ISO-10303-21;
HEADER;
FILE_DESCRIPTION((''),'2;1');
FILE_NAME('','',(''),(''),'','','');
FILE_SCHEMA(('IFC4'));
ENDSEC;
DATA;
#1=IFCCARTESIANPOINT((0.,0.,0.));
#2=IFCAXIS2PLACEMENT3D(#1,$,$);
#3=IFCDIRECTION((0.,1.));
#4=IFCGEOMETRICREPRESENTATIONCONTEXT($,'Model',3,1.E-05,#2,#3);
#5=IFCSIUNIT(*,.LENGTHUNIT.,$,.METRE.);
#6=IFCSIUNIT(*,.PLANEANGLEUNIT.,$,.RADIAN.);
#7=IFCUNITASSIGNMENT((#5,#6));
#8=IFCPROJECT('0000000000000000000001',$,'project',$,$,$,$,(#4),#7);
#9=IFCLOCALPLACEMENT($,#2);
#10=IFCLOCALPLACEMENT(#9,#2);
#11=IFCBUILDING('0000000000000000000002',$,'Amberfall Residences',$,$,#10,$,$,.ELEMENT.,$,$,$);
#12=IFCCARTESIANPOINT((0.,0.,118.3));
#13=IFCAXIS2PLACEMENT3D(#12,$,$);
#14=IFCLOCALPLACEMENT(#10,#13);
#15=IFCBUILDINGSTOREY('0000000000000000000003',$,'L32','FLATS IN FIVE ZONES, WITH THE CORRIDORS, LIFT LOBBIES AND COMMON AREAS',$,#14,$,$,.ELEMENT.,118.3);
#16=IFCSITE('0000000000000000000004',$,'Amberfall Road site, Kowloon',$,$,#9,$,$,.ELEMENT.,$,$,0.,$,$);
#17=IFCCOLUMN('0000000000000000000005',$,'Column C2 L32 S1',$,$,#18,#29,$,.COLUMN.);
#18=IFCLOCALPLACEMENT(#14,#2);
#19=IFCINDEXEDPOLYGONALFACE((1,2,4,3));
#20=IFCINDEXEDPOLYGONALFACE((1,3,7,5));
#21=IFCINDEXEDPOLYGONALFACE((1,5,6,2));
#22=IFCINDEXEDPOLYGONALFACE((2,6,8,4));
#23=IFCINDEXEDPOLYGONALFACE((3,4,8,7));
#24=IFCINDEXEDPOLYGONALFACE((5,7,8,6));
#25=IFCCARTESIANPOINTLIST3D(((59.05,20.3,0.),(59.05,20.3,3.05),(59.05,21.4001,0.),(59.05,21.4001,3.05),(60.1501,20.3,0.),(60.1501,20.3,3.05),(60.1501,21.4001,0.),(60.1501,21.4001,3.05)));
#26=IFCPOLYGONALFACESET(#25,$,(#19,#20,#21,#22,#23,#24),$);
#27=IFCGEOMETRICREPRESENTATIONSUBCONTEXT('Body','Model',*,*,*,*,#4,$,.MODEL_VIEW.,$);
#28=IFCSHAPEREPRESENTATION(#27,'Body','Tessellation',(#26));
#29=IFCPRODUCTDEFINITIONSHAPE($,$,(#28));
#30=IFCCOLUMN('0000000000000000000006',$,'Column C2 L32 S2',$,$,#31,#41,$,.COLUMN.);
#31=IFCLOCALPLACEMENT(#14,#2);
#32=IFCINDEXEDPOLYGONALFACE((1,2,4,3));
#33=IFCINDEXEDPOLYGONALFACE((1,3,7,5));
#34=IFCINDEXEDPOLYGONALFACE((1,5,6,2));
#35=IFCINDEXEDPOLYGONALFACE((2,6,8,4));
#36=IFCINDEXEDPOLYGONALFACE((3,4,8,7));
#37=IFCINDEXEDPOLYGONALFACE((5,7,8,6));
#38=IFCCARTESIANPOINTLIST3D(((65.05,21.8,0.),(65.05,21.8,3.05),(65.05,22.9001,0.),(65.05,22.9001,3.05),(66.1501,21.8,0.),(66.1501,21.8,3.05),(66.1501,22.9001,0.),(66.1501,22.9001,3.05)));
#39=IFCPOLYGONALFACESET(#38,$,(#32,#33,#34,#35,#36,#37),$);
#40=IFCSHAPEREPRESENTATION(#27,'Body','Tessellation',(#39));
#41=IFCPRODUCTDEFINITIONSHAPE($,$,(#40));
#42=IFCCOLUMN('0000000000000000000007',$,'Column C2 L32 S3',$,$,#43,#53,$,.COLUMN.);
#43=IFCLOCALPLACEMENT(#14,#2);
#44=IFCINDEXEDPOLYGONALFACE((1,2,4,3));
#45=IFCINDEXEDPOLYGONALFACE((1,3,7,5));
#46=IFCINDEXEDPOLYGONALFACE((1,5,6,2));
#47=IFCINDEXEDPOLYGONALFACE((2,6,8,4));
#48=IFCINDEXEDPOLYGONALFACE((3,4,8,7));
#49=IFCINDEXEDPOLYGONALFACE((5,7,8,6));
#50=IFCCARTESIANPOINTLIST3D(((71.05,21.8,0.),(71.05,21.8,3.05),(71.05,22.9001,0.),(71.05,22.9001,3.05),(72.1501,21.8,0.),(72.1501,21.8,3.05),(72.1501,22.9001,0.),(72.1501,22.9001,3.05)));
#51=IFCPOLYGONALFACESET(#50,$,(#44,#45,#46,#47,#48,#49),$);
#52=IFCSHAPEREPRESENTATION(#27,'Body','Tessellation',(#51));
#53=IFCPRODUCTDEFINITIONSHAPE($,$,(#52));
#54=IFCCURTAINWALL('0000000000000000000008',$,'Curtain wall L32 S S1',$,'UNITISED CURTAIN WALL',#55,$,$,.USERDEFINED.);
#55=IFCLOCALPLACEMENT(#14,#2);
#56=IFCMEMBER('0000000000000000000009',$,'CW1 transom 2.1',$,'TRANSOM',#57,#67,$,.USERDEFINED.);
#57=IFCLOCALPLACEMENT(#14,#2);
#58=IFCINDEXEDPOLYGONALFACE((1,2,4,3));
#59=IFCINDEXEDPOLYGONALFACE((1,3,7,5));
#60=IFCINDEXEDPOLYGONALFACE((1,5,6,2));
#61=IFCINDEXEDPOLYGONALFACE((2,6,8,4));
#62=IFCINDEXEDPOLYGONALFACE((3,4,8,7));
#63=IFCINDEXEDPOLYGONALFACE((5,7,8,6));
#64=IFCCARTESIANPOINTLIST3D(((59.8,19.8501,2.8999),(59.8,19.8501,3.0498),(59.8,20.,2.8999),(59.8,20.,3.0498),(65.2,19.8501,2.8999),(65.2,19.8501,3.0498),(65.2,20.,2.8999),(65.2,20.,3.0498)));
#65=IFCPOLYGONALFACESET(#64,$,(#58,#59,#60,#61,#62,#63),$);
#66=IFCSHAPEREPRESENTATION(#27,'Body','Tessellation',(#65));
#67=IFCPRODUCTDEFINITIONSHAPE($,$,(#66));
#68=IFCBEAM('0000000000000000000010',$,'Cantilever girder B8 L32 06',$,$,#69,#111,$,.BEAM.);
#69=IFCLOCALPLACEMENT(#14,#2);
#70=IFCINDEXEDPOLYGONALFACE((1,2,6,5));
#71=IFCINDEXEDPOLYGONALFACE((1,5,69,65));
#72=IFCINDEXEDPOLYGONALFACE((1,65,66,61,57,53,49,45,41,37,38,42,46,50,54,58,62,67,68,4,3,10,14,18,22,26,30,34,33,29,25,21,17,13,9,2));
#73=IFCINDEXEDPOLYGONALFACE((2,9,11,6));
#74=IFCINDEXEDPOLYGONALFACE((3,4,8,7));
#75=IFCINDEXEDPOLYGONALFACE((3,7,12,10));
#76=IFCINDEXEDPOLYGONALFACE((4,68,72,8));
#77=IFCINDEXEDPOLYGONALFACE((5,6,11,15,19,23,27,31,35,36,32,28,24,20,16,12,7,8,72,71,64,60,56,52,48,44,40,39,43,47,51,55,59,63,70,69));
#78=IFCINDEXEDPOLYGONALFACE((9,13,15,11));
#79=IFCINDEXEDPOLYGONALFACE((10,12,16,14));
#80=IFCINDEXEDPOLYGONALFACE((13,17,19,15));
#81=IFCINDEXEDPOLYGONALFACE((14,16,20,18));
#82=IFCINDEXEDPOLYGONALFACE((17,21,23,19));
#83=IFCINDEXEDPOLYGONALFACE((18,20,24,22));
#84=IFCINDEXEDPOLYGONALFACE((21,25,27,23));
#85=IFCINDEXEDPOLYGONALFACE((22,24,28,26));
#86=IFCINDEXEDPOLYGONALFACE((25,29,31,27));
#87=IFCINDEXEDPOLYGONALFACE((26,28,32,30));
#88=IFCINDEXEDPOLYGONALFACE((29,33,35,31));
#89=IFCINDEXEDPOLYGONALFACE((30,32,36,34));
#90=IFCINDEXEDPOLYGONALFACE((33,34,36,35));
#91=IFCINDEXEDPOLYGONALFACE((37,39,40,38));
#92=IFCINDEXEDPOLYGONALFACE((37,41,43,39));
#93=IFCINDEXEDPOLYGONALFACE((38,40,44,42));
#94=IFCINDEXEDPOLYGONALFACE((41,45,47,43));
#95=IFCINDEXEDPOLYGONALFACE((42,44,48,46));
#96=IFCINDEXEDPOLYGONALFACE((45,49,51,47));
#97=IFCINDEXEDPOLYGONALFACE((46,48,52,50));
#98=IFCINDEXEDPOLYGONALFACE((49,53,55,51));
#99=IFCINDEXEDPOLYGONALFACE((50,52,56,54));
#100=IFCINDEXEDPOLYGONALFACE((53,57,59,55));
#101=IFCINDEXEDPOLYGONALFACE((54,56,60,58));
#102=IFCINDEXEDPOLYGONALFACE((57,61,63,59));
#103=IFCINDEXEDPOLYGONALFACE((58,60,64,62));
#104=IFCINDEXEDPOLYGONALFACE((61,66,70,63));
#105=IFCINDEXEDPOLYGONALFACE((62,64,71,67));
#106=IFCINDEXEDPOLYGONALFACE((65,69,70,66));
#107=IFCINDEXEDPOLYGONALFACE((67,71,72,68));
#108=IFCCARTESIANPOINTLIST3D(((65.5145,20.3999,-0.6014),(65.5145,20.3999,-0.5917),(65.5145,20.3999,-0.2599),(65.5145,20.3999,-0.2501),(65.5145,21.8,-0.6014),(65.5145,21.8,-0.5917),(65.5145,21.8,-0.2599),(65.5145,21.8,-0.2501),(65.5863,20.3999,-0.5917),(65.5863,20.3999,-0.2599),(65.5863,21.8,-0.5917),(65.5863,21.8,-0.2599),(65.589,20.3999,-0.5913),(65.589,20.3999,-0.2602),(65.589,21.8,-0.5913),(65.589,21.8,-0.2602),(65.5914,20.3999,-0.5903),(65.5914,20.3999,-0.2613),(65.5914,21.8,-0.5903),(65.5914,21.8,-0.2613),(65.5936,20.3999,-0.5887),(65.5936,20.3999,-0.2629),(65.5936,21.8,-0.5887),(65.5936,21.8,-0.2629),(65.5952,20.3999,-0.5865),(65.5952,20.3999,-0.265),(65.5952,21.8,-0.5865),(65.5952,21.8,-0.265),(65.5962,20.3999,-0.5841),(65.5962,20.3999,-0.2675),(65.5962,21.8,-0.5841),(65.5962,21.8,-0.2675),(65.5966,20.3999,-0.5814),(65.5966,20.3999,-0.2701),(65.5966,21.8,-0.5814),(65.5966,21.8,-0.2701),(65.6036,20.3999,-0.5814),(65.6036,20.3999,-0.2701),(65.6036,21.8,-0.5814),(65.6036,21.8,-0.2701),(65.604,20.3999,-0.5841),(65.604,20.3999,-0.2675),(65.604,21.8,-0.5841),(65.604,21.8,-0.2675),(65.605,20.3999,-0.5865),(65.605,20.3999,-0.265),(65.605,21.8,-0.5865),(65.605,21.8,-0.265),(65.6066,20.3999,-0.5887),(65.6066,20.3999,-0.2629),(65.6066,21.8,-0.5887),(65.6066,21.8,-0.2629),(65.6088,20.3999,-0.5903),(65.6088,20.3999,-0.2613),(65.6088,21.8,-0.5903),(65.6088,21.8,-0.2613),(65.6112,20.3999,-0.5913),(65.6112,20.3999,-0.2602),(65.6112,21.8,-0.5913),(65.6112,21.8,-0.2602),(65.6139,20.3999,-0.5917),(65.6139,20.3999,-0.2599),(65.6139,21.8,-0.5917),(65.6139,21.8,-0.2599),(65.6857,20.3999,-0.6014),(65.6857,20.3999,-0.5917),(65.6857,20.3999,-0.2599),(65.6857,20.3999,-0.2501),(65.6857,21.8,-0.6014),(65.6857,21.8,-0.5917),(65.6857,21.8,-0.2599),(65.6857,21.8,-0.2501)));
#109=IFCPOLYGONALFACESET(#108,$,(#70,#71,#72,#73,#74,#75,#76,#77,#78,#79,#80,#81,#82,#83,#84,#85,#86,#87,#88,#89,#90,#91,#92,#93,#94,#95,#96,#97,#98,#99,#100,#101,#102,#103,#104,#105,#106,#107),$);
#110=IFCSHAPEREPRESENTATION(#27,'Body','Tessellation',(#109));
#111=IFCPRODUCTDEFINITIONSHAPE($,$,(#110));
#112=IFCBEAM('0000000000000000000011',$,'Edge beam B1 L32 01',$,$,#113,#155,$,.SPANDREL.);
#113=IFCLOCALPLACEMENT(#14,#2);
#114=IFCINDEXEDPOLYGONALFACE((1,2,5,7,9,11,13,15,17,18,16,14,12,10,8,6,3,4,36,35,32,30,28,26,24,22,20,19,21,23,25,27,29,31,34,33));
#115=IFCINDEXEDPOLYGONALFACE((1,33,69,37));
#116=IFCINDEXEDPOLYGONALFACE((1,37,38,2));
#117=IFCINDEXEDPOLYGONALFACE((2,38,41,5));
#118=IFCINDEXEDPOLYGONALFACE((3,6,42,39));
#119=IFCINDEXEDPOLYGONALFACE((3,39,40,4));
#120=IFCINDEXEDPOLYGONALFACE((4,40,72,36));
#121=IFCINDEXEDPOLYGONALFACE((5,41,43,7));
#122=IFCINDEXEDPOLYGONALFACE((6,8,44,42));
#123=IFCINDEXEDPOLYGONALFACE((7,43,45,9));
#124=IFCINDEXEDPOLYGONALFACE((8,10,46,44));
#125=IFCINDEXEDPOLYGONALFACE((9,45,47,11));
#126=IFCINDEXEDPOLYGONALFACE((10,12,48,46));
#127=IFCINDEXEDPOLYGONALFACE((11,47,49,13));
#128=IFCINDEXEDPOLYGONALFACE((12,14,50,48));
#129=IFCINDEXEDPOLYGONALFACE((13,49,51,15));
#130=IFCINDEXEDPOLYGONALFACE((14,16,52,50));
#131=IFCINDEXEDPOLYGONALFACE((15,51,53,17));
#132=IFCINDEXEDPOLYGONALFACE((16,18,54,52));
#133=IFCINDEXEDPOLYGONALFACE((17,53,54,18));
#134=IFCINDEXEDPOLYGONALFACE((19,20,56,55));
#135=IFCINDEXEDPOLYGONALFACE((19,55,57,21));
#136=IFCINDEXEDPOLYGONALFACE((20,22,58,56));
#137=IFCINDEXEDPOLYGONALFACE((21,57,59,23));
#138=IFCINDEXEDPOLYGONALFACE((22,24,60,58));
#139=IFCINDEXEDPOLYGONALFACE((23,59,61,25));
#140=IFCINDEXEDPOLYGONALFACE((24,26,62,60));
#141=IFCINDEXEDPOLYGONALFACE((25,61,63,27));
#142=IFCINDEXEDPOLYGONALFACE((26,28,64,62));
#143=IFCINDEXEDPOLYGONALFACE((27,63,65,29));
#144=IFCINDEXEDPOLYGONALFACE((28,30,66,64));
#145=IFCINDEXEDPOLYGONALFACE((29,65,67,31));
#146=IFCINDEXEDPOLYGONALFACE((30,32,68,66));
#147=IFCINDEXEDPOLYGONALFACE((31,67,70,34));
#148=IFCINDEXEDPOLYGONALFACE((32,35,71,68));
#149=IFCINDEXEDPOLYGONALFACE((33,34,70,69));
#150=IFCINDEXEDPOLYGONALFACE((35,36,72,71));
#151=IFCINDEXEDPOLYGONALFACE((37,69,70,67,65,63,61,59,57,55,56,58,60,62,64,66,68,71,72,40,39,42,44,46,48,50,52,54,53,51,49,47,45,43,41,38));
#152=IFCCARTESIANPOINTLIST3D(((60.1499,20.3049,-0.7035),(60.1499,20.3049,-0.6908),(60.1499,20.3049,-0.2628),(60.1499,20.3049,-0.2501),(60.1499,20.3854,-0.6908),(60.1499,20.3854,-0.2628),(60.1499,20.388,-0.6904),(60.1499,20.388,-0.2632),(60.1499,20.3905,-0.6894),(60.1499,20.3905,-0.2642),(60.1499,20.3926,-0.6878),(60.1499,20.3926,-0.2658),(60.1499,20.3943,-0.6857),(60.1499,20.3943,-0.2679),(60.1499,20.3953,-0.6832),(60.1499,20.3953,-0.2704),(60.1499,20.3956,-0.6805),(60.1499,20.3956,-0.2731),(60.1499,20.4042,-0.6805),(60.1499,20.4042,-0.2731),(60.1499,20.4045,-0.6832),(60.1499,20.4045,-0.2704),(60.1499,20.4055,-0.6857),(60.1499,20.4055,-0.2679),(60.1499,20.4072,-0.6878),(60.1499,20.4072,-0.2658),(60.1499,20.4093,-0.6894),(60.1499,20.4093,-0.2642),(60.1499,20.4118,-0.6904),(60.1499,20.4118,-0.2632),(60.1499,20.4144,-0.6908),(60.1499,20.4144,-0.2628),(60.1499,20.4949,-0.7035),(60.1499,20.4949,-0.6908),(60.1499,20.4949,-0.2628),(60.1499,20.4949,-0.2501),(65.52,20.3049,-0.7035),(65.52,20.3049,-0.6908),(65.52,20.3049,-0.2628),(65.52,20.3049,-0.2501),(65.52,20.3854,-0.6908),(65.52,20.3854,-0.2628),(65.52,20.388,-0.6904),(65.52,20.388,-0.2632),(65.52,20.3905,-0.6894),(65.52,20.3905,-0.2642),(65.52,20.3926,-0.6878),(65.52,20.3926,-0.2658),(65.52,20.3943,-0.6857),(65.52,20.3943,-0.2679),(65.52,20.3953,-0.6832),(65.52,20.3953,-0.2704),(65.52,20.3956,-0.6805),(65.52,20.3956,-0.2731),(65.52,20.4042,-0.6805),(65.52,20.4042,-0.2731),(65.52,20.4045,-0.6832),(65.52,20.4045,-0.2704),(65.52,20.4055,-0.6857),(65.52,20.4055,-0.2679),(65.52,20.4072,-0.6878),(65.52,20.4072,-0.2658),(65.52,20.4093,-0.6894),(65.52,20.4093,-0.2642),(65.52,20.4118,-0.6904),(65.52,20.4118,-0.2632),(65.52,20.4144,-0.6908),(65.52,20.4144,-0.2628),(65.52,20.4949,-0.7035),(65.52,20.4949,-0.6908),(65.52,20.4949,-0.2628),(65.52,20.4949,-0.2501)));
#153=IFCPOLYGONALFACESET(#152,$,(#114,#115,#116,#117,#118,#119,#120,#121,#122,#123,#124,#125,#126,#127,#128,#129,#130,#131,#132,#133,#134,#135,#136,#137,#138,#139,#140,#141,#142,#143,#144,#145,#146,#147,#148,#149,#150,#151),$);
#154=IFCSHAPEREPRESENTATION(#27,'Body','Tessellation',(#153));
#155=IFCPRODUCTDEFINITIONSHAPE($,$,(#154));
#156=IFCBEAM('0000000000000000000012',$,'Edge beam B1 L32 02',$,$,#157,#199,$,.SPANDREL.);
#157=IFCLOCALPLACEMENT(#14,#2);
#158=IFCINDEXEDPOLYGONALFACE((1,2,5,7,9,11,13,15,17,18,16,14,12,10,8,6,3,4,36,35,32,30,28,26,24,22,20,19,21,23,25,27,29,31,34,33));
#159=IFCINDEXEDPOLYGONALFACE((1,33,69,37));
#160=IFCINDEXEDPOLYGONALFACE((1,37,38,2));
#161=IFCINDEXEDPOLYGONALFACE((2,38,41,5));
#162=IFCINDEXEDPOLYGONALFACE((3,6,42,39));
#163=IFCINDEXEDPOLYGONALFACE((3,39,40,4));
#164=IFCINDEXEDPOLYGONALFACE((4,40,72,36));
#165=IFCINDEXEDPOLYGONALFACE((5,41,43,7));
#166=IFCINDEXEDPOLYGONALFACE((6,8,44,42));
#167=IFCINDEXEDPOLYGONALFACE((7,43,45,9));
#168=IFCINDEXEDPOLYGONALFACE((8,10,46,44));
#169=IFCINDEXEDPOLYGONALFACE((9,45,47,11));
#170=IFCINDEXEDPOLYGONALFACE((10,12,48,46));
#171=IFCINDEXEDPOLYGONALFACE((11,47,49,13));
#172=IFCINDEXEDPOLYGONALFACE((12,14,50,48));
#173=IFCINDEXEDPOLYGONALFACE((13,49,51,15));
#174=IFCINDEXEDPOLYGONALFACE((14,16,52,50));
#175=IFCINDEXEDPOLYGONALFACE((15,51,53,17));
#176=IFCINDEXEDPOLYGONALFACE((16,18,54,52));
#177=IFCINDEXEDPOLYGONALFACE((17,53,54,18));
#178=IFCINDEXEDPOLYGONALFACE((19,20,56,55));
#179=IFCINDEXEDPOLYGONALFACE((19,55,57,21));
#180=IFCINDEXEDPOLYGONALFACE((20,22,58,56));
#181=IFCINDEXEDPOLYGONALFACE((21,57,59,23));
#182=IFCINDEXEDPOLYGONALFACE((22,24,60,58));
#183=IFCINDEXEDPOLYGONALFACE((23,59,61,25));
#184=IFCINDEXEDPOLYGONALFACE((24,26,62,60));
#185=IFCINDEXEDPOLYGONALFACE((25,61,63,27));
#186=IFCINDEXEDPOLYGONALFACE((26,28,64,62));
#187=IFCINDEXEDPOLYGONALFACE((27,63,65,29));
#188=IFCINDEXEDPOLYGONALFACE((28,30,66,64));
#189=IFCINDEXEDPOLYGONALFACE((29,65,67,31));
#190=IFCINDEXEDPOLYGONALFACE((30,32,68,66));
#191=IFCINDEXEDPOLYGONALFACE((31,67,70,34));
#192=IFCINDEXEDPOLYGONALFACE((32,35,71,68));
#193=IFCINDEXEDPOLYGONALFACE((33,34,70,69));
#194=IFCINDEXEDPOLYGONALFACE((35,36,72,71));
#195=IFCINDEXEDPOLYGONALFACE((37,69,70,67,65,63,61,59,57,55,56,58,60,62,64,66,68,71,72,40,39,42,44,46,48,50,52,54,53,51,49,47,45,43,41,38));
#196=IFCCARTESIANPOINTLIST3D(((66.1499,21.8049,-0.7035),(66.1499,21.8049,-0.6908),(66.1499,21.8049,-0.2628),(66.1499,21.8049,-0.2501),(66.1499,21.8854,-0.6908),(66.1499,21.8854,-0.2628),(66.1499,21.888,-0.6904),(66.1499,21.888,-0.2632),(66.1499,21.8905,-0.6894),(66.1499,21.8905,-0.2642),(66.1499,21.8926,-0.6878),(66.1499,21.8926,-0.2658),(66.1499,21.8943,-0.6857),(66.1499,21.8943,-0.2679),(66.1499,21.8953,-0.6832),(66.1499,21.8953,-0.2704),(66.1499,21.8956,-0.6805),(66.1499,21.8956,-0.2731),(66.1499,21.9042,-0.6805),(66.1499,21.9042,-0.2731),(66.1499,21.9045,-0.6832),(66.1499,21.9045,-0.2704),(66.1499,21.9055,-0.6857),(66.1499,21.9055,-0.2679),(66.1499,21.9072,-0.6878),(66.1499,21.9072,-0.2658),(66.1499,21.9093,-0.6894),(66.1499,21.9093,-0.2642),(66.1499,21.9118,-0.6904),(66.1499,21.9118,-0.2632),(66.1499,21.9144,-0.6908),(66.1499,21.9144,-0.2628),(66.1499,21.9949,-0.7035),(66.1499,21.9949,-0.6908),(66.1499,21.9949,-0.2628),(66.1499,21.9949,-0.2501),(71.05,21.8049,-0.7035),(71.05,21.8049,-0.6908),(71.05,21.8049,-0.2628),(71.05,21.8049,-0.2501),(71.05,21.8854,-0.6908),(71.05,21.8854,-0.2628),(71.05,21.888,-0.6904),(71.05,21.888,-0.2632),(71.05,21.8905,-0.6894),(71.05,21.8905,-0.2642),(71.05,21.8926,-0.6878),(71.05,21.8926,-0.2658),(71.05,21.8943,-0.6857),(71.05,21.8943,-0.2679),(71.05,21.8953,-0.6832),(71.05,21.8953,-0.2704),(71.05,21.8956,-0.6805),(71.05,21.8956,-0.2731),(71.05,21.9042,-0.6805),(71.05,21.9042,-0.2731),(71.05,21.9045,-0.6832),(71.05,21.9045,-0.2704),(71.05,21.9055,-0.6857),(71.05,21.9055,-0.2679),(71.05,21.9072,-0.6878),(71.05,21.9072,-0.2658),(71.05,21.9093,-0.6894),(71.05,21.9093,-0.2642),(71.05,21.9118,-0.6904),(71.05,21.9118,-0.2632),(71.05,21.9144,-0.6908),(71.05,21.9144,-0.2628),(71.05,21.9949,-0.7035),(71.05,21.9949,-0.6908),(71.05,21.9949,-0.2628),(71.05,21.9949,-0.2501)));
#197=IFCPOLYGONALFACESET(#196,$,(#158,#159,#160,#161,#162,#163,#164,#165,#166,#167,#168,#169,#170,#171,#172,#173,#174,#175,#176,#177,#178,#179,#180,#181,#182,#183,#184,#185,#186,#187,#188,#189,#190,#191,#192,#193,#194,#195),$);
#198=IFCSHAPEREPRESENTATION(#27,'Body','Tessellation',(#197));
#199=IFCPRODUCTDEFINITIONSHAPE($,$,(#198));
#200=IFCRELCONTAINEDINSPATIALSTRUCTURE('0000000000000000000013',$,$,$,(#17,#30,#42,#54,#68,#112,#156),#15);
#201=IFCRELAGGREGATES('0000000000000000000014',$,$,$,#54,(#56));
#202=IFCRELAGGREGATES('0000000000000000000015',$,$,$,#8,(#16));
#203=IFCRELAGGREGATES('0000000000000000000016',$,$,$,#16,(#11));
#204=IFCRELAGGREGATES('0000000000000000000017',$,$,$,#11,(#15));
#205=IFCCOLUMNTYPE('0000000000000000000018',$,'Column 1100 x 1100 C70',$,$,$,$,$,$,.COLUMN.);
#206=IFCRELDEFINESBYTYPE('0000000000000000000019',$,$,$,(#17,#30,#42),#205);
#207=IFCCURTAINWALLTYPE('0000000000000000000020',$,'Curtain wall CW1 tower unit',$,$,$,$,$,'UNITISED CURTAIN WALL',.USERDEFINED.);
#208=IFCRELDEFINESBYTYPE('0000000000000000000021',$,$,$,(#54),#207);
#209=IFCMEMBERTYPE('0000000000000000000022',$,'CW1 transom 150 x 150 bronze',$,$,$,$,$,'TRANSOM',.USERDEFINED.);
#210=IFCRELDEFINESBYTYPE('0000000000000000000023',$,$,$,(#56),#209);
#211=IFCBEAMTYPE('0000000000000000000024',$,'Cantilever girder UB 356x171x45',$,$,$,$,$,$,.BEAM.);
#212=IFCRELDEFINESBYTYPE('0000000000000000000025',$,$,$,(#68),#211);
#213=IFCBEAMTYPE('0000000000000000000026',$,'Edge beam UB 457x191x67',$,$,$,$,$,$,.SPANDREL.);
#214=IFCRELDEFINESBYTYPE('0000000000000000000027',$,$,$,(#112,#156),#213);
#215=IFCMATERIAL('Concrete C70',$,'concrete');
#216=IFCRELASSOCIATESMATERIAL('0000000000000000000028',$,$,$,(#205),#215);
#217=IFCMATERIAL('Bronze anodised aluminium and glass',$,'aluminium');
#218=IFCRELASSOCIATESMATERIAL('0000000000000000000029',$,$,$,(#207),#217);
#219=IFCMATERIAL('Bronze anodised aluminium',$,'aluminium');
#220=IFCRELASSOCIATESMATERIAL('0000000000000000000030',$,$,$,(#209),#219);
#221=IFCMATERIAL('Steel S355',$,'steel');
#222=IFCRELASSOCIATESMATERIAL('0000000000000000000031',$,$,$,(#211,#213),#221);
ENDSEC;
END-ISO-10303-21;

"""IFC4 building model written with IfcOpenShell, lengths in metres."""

from ifc_helpers import new_model, si_unit, direction, frame, origin, origin_2d, place, context, subcontext, project, spatial, rectangle, i_section, extrude, material, material_profile, profile_set, type_object, element, aggregate, save


model = new_model("IFC4")

# Units and contexts
model_context = context("Model", 3, precision=1e-05, world=origin(), true_north=direction((0.0, 1.0)))
body_context = subcontext(model_context, "Body", "Model", "MODEL_VIEW")
ifc_project = project(units=[si_unit("LENGTHUNIT", "METRE"), si_unit("PLANEANGLEUNIT", "RADIAN")], contexts=[model_context])

# Site, building, storey
site_placement = place(None, origin())
site = spatial("IfcSite", under=ifc_project, at=site_placement, Name="Amberfall Road site, Kowloon", CompositionType="ELEMENT", RefElevation=0.0)
building_placement = place(site_placement, origin())
building = spatial("IfcBuilding", under=site, at=building_placement, Name="Amberfall Residences", CompositionType="ELEMENT")
storey_placement = place(building_placement, frame((0.0, 0.0, 118.3)))
storey = spatial("IfcBuildingStorey", under=building, at=storey_placement, Name="L32", Description="FLATS IN FIVE ZONES, WITH THE CORRIDORS, LIFT LOBBIES AND COMMON AREAS", CompositionType="ELEMENT", Elevation=118.3)

# Columns
ifc_material_1 = material(Name="Concrete C70", Category="concrete")
ifc_material_profile_1 = material_profile(ifc_material_1, rectangle(XDim=1.1001, YDim=1.1001, at=origin_2d()), Name="Column 1100 x 1100 C70")
ifc_profile_set_1 = profile_set([ifc_material_profile_1], Name="Concrete C70")
column_type = type_object("IfcColumnType", Name="Column 1100 x 1100 C70", PredefinedType="COLUMN", material=ifc_profile_set_1)
for number, where, z_axis, x_axis, name in (
    (1, (59.6001, 20.8501, 0.0), (0.0, 0.0, 1.0), (1.0, 0.0, 0.0), "Column C2 L32 S1"),
    (2, (65.6001, 22.3501, 0.0), (0.0, 0.0, 1.0), (1.0, 0.0, 0.0), "Column C2 L32 S2"),
    (3, (71.6001, 22.3501, 0.0), (0.0, 0.0, 1.0), (1.0, 0.0, 0.0), "Column C2 L32 S3"),
):
    element("IfcColumn", number, at=place(storey_placement, frame(where, z_axis=z_axis, x_axis=x_axis)), inside=storey, type_object=column_type, Name=name, PredefinedType="COLUMN", context=body_context, shape_type="SweptSolid", body=[
        extrude(rectangle(XDim=1.1001, YDim=1.1001, at=origin_2d()), origin(), (0.0, 0.0, 1.0), 3.05),
    ])

# Curtain wall, member
ifc_material_2 = material(Name="Bronze anodised aluminium and glass", Category="aluminium")
curtain_wall_type = type_object("IfcCurtainWallType", Name="Curtain wall CW1 tower unit", ElementType="UNITISED CURTAIN WALL", PredefinedType="USERDEFINED", material=ifc_material_2)
curtain_wall_placement = place(storey_placement, origin())
curtain_wall = element("IfcCurtainWall", 4, at=curtain_wall_placement, inside=storey, type_object=curtain_wall_type, Name="Curtain wall L32 S S1", ObjectType="UNITISED CURTAIN WALL", PredefinedType="USERDEFINED")
ifc_material_3 = material(Name="Bronze anodised aluminium", Category="aluminium")
ifc_material_profile_2 = material_profile(ifc_material_3, rectangle(XDim=0.1499, YDim=0.1499, at=origin_2d()), Name="CW1 transom 150 x 150 bronze")
ifc_profile_set_2 = profile_set([ifc_material_profile_2], Name="Bronze anodised aluminium")
member_type_1 = type_object("IfcMemberType", Name="CW1 transom 150 x 150 bronze", ElementType="TRANSOM", PredefinedType="USERDEFINED", material=ifc_profile_set_2)
member_1_placement = place(storey_placement, frame((59.8, 19.925, 2.9749), z_axis=(1.0, 0.0, 0.0), x_axis=(0.0, 1.0, 0.0)))
member_1 = element("IfcMember", 5, at=member_1_placement, type_object=member_type_1, Name="CW1 transom 2.1", ObjectType="TRANSOM", PredefinedType="USERDEFINED", context=body_context, shape_type="SweptSolid", body=[
    extrude(rectangle(XDim=0.1499, YDim=0.1499, at=origin_2d()), origin(), (0.0, 0.0, 1.0), 5.3999),
])

# Beams
ifc_material_4 = material(Name="Steel S355", Category="steel")
ifc_material_profile_3 = material_profile(ifc_material_4, i_section(OverallWidth=0.1711, OverallDepth=0.3513, WebThickness=0.0071, FlangeThickness=0.0098, FilletRadius=0.0103, at=origin_2d()), Name="UB 356x171x45")
ifc_profile_set_3 = profile_set([ifc_material_profile_3], Name="Steel S355")
beam_type_1 = type_object("IfcBeamType", Name="Cantilever girder UB 356x171x45", PredefinedType="BEAM", material=ifc_profile_set_3)
beam_1_placement = place(storey_placement, frame((65.6001, 21.8, -0.4258), z_axis=(0.0, -1.0, 0.0), x_axis=(1.0, 0.0, 0.0)))
element("IfcBeam", 6, at=beam_1_placement, inside=storey, type_object=beam_type_1, Name="Cantilever girder B8 L32 06", PredefinedType="BEAM", context=body_context, shape_type="SweptSolid", body=[
    extrude(i_section(OverallWidth=0.1711, OverallDepth=0.3513, WebThickness=0.0071, FlangeThickness=0.0098, FilletRadius=0.0103, at=origin_2d()), origin(), (0.0, 0.0, 1.0), 1.4001),
])
ifc_material_profile_4 = material_profile(ifc_material_4, i_section(OverallWidth=0.1899, OverallDepth=0.4534, WebThickness=0.0085, FlangeThickness=0.0127, FilletRadius=0.0103, at=origin_2d()), Name="UB 457x191x67")
ifc_profile_set_4 = profile_set([ifc_material_profile_4], Name="Steel S355")
beam_type_2 = type_object("IfcBeamType", Name="Edge beam UB 457x191x67", PredefinedType="SPANDREL", material=ifc_profile_set_4)
beam_2_placement = place(storey_placement, frame((60.1499, 20.3999, -0.4768), z_axis=(1.0, 0.0, 0.0), x_axis=(0.0, 1.0, 0.0)))
element("IfcBeam", 7, at=beam_2_placement, inside=storey, type_object=beam_type_2, Name="Edge beam B1 L32 01", PredefinedType="SPANDREL", context=body_context, shape_type="SweptSolid", body=[
    extrude(i_section(OverallWidth=0.1899, OverallDepth=0.4534, WebThickness=0.0085, FlangeThickness=0.0127, FilletRadius=0.0103, at=origin_2d()), origin(), (0.0, 0.0, 1.0), 5.3701),
])
beam_3_placement = place(storey_placement, frame((66.1499, 21.8999, -0.4768), z_axis=(1.0, 0.0, 0.0), x_axis=(0.0, 1.0, 0.0)))
element("IfcBeam", 8, at=beam_3_placement, inside=storey, type_object=beam_type_2, Name="Edge beam B1 L32 02", PredefinedType="SPANDREL", context=body_context, shape_type="SweptSolid", body=[
    extrude(i_section(OverallWidth=0.1899, OverallDepth=0.4534, WebThickness=0.0085, FlangeThickness=0.0127, FilletRadius=0.0103, at=origin_2d()), origin(), (0.0, 0.0, 1.0), 4.9001),
])

aggregate(curtain_wall, [member_1])

save(model, "model.ifc")
